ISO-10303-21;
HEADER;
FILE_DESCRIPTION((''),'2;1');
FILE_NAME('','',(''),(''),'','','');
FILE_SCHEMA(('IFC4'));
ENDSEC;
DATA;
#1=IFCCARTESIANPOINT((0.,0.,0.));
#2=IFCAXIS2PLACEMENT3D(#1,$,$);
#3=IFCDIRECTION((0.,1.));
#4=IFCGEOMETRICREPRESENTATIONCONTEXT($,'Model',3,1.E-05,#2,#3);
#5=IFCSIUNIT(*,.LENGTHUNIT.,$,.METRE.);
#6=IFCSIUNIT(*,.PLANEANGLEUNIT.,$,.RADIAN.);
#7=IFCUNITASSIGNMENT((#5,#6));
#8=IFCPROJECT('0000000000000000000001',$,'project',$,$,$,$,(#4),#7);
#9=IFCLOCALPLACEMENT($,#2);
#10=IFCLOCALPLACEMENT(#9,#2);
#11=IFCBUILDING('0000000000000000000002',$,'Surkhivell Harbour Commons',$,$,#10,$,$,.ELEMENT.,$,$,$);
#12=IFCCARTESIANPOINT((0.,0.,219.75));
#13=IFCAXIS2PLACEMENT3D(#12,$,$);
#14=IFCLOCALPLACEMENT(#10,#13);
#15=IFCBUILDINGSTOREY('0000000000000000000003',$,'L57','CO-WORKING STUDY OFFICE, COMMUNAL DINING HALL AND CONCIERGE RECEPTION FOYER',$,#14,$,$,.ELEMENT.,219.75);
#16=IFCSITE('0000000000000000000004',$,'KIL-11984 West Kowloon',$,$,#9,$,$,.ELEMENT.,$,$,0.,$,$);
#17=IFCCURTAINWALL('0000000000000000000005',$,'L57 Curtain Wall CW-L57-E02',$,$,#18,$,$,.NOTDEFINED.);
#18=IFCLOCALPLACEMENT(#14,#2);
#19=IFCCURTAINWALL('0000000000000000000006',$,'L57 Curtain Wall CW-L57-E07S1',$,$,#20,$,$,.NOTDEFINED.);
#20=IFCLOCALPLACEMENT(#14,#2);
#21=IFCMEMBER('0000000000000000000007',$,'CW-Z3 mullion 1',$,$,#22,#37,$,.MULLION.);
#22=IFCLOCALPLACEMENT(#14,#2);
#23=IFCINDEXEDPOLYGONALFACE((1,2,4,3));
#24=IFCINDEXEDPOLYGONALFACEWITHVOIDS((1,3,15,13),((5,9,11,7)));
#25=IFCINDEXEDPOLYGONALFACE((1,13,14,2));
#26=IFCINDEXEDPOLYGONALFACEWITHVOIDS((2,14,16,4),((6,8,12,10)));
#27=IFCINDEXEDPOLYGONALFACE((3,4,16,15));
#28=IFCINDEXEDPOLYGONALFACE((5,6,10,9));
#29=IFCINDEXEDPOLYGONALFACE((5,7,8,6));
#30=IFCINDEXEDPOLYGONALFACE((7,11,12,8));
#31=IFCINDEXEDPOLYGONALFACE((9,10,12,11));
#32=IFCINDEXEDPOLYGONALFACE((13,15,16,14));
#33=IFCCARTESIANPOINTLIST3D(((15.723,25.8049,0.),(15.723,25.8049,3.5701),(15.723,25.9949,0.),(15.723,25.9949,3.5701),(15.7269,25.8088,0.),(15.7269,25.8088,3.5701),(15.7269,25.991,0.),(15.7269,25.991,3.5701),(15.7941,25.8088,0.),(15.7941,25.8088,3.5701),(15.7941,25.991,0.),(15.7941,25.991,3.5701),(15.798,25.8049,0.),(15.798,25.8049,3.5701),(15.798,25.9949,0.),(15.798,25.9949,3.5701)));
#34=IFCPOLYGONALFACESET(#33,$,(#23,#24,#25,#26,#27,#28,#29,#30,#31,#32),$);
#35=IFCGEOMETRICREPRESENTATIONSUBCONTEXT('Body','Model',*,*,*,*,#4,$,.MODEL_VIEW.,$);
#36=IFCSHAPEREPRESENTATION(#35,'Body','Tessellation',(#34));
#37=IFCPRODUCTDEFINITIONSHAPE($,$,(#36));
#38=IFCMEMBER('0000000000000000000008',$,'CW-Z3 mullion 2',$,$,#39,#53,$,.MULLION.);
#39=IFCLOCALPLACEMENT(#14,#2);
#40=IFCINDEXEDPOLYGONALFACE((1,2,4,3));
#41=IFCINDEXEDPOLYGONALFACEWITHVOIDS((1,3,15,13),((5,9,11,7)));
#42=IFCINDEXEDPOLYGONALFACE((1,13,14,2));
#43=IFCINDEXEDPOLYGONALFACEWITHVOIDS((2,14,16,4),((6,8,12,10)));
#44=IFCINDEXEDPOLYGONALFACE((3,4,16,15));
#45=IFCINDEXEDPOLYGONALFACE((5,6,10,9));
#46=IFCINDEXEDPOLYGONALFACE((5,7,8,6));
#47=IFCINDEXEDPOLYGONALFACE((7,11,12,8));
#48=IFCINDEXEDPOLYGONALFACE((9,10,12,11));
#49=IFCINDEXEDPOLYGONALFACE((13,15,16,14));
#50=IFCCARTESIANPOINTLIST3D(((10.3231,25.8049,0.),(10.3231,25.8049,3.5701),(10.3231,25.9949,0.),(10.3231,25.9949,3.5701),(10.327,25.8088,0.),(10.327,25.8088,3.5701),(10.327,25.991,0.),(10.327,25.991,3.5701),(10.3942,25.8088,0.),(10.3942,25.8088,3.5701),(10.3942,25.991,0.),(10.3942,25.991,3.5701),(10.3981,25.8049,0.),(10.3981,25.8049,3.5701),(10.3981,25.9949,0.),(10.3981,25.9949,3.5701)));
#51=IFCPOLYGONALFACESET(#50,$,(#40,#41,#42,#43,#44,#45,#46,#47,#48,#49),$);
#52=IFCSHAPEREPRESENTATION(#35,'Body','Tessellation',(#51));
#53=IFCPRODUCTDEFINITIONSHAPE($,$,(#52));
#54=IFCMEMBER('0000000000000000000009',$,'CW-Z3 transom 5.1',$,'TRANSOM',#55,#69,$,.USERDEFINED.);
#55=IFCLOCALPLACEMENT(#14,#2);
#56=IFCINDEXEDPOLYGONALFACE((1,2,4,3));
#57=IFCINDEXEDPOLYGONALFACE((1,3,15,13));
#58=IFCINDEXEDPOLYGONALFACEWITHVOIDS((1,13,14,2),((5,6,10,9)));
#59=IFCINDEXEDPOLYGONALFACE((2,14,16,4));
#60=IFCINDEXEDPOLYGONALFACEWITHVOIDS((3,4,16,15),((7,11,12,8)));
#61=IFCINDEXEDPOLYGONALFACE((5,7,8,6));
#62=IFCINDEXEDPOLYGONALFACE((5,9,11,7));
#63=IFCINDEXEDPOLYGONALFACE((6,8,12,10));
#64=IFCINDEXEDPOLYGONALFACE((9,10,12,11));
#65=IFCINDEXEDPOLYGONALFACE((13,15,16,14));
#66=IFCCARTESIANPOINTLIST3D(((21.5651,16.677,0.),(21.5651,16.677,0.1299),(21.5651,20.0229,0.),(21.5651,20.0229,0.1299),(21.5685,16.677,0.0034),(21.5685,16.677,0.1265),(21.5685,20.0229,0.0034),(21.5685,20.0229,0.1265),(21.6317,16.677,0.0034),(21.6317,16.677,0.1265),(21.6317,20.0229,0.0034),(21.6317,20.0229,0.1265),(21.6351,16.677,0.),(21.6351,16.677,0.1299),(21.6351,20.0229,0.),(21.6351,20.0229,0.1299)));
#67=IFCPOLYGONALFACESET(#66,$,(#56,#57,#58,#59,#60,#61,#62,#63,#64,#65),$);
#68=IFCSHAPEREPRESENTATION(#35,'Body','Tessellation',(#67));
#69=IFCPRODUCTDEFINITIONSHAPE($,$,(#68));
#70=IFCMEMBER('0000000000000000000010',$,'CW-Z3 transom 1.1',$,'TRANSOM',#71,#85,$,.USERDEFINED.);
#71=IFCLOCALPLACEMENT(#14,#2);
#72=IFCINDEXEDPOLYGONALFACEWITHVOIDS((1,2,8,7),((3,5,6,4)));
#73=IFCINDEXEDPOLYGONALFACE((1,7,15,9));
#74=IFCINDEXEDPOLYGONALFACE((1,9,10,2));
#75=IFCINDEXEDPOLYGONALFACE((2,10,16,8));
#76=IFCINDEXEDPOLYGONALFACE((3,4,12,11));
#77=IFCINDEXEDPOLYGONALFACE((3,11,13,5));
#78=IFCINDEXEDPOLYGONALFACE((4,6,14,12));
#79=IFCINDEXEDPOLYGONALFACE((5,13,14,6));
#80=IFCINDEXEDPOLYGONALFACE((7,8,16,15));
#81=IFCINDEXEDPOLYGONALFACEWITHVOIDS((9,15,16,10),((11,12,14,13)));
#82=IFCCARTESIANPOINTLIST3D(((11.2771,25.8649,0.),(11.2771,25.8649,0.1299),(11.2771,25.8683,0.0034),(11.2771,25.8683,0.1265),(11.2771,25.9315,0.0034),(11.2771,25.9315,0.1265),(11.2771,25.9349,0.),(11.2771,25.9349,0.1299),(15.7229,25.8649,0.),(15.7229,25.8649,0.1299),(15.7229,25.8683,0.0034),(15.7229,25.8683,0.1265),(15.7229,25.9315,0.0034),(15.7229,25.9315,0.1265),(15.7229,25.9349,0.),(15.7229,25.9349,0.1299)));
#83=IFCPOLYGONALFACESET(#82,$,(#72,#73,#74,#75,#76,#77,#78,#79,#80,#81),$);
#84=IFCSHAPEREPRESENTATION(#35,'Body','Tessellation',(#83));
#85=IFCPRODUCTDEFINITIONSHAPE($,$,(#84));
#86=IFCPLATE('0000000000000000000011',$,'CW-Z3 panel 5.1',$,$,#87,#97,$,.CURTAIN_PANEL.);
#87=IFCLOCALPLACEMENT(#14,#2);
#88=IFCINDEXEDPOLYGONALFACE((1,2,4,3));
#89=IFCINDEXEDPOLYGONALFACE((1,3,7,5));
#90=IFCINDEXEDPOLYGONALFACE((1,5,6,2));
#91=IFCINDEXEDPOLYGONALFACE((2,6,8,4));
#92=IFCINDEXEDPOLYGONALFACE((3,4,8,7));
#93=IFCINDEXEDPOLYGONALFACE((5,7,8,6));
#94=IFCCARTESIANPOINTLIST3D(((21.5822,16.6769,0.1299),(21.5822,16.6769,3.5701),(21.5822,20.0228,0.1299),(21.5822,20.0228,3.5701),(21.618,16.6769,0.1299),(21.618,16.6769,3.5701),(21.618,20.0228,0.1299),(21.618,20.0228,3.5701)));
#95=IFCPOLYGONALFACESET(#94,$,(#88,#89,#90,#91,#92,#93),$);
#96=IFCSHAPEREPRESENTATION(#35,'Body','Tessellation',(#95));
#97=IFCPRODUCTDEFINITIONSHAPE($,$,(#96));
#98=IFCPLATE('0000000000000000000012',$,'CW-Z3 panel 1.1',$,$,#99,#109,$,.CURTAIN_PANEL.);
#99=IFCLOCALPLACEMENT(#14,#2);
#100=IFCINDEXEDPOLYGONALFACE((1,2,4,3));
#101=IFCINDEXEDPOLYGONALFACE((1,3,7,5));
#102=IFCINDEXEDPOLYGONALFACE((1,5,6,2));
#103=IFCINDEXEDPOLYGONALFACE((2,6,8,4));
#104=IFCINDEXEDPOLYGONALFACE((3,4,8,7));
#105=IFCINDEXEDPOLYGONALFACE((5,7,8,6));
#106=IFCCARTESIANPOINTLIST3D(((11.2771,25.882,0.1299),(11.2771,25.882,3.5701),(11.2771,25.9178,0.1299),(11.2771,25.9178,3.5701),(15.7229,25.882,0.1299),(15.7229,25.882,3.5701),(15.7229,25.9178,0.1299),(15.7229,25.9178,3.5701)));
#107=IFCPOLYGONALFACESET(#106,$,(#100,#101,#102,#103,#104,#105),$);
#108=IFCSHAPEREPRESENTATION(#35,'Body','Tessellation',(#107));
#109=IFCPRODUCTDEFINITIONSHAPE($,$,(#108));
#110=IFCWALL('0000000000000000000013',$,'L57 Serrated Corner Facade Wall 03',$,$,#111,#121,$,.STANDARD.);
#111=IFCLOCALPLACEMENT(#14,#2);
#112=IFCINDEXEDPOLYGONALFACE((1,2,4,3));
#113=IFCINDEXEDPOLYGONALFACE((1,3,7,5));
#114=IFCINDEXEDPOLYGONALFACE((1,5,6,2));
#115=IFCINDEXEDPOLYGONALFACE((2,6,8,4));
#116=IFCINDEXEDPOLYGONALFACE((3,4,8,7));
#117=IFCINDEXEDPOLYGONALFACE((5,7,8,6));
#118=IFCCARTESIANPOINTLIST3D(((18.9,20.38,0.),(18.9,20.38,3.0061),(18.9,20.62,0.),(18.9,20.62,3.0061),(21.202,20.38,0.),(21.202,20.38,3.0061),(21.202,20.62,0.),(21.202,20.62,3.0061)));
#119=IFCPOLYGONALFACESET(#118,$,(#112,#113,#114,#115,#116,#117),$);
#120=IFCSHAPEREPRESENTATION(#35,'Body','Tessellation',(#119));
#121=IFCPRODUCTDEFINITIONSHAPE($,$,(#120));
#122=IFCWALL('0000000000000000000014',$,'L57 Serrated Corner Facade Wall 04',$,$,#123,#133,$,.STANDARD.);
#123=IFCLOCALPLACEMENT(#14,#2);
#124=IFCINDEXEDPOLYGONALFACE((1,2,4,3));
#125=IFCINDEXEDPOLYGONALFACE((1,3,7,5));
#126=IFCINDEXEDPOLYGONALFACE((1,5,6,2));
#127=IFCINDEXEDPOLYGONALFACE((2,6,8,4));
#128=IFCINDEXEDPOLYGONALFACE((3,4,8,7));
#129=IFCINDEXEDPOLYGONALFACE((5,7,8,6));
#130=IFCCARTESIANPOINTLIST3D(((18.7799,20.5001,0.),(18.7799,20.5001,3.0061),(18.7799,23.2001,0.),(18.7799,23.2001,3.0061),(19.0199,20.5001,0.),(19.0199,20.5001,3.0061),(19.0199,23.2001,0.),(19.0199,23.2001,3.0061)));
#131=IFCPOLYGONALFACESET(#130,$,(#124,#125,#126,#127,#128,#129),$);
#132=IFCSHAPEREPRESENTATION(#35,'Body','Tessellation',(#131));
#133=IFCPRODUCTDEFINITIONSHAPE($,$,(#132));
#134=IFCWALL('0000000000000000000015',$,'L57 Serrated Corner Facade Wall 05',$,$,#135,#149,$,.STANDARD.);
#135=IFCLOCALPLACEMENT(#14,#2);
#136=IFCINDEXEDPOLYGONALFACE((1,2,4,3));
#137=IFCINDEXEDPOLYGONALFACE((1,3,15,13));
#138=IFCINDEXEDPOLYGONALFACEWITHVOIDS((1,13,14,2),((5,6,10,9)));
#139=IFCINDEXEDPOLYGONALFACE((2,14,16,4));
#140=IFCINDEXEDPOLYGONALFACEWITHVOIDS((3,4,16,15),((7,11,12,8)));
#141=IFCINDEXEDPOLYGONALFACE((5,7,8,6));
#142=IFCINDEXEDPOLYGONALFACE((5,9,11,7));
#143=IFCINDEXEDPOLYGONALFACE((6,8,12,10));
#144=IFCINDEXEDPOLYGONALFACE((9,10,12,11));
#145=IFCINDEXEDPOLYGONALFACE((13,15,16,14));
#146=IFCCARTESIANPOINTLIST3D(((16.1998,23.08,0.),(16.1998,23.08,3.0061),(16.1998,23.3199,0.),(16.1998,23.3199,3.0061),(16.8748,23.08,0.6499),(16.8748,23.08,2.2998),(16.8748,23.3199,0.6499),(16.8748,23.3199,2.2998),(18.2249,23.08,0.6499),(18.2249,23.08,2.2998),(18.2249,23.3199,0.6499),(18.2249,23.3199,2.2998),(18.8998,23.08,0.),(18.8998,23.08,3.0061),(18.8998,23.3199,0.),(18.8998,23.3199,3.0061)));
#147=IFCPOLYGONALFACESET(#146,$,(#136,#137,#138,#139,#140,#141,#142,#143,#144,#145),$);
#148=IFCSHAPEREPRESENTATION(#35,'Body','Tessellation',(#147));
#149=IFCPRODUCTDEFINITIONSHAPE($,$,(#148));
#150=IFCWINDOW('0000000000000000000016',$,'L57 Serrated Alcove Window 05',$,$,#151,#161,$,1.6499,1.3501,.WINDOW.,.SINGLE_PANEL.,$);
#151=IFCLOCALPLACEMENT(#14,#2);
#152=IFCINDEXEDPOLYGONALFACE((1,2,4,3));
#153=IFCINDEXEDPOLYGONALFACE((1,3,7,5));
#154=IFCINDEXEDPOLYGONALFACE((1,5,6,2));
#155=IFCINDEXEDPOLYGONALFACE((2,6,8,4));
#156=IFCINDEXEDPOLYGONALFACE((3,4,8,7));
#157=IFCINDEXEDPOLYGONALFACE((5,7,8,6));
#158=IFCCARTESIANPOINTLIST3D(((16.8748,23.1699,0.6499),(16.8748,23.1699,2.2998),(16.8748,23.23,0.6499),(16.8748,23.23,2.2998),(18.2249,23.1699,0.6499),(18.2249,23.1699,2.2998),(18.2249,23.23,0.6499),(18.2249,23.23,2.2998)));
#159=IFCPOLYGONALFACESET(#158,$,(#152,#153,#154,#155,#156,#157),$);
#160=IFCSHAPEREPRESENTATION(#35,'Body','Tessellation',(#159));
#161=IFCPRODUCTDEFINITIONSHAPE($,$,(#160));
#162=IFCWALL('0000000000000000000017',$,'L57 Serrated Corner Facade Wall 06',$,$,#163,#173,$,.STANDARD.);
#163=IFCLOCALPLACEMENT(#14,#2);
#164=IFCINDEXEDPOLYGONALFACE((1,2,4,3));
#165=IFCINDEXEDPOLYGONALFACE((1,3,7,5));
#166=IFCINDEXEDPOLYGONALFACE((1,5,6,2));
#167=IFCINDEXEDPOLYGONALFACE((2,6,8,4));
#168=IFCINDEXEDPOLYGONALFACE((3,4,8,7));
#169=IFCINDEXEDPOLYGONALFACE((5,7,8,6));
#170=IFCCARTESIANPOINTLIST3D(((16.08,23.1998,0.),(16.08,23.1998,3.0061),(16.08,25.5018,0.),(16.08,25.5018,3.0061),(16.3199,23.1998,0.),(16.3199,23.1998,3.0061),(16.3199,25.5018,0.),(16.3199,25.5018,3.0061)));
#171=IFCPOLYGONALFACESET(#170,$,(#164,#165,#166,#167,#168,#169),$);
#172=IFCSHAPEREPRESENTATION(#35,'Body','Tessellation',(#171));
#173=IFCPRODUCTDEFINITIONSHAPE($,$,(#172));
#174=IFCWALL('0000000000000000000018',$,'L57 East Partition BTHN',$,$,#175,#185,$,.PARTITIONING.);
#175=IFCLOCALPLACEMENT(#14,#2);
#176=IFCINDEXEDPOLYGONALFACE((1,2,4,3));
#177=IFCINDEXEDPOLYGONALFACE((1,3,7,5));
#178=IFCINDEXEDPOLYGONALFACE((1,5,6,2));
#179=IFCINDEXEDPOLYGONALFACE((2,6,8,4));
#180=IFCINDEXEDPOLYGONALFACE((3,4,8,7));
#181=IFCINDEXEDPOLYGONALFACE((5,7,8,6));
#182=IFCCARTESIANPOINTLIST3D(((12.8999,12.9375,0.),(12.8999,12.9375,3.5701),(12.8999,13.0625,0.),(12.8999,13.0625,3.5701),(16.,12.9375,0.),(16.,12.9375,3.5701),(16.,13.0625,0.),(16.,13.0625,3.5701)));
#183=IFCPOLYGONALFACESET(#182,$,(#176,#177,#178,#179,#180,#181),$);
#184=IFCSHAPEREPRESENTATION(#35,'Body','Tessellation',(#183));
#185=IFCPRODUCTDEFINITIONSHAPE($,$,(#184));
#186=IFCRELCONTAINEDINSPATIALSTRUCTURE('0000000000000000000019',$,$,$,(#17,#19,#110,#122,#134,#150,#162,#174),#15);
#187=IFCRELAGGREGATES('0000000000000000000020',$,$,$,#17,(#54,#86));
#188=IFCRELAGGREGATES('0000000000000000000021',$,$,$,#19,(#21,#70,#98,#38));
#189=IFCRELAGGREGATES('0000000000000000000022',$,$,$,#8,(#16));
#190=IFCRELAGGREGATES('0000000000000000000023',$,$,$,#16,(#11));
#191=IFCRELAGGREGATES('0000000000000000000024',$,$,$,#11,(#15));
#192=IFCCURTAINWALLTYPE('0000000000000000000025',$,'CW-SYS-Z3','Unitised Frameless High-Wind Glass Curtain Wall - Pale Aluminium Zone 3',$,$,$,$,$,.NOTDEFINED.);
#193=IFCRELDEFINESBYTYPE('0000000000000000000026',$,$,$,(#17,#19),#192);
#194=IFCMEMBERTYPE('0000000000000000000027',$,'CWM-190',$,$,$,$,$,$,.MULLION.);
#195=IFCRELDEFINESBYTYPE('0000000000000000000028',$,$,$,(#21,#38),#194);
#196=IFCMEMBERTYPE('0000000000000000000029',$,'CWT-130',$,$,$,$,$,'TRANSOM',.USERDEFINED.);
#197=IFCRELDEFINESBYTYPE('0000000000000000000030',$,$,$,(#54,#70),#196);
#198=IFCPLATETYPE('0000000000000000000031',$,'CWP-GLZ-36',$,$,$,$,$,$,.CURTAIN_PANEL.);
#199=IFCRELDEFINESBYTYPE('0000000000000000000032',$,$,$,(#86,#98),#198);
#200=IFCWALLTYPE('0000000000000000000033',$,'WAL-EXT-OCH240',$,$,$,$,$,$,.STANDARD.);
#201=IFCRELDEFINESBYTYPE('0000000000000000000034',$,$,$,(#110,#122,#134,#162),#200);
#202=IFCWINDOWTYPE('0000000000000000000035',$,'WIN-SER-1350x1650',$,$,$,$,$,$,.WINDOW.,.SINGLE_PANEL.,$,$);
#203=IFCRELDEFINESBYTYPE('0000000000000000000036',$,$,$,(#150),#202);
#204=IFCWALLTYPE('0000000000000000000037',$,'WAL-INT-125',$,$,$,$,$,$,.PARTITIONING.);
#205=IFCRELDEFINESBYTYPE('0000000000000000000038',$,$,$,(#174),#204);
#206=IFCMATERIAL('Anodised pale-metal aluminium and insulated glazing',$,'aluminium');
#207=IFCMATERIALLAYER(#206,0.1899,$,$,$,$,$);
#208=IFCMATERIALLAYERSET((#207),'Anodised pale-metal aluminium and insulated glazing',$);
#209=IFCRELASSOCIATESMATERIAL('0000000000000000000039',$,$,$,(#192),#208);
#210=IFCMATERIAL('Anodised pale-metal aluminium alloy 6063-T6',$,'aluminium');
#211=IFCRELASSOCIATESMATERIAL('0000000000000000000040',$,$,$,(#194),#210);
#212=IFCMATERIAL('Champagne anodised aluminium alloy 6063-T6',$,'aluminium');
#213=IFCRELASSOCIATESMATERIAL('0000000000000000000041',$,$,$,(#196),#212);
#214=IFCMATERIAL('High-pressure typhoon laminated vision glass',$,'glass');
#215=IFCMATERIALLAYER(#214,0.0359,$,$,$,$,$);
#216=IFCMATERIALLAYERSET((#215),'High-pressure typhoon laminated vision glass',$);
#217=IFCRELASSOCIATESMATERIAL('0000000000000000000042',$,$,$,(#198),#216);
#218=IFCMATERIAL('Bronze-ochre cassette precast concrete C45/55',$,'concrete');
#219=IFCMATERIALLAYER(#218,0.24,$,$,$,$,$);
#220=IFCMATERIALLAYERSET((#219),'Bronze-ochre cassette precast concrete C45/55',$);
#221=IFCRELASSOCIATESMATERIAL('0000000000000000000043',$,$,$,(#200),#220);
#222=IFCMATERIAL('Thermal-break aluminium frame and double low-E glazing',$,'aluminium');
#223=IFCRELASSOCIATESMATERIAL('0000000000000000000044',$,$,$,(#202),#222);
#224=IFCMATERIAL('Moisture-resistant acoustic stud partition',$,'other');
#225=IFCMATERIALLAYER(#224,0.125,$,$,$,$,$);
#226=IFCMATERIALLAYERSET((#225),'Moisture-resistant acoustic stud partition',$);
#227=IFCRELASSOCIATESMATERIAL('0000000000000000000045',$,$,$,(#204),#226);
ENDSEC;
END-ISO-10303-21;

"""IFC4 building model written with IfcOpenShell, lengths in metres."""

from ifc_helpers import new_model, si_unit, direction, frame, frame_2d, origin, origin_2d, place, context, subcontext, project, spatial, rectangle, hollow_rectangle, extrude, material, layer, layer_set, material_profile, profile_set, type_object, element, fill, aggregate, save


model = new_model("IFC4")

# Units and contexts
model_context = context("Model", 3, precision=1e-05, world=origin(), true_north=direction((0.0, 1.0)))
body_context = subcontext(model_context, "Body", "Model", "MODEL_VIEW")
ifc_project = project(units=[si_unit("LENGTHUNIT", "METRE"), si_unit("PLANEANGLEUNIT", "RADIAN")], contexts=[model_context])

# Site, building, storey
site_placement = place(None, origin())
site = spatial("IfcSite", under=ifc_project, at=site_placement, Name="KIL-11984 West Kowloon", CompositionType="ELEMENT", RefElevation=0.0)
building_placement = place(site_placement, origin())
building = spatial("IfcBuilding", under=site, at=building_placement, Name="Surkhivell Harbour Commons", CompositionType="ELEMENT")
storey_placement = place(building_placement, frame((0.0, 0.0, 219.75)))
storey = spatial("IfcBuildingStorey", under=building, at=storey_placement, Name="L57", Description="CO-WORKING STUDY OFFICE, COMMUNAL DINING HALL AND CONCIERGE RECEPTION FOYER", CompositionType="ELEMENT", Elevation=219.75)

# Curtain walls, members
ifc_material_1 = material(Name="Anodised pale-metal aluminium and insulated glazing", Category="aluminium")
ifc_layer_1 = layer(ifc_material_1, 0.1899)
ifc_layer_set_1 = layer_set([ifc_layer_1], Name="Anodised pale-metal aluminium and insulated glazing")
curtain_wall_type = type_object("IfcCurtainWallType", Name="CW-SYS-Z3", Description="Unitised Frameless High-Wind Glass Curtain Wall - Pale Aluminium Zone 3", PredefinedType="NOTDEFINED", material=ifc_layer_set_1)
curtain_wall_1_placement = place(storey_placement, origin())
curtain_wall_1 = element("IfcCurtainWall", 1, at=curtain_wall_1_placement, inside=storey, type_object=curtain_wall_type, Name="L57 Curtain Wall CW-L57-E02", PredefinedType="NOTDEFINED")
ifc_material_2 = material(Name="Anodised pale-metal aluminium alloy 6063-T6", Category="aluminium")
ifc_material_profile_1 = material_profile(ifc_material_2, hollow_rectangle(XDim=0.075, YDim=0.1899, WallThickness=0.0039, at=origin_2d()), Name="ALU-MULL-75x190")
ifc_profile_set_1 = profile_set([ifc_material_profile_1], Name="Anodised pale-metal aluminium alloy 6063-T6")
member_type_1 = type_object("IfcMemberType", Name="CWM-190", PredefinedType="MULLION", material=ifc_profile_set_1)
curtain_wall_2_placement = place(storey_placement, origin())
curtain_wall_2 = element("IfcCurtainWall", 2, at=curtain_wall_2_placement, inside=storey, type_object=curtain_wall_type, Name="L57 Curtain Wall CW-L57-E07S1", PredefinedType="NOTDEFINED")
member_1_placement = place(storey_placement, frame((15.7605, 25.8999, 0.0), z_axis=(0.0, 0.0, 1.0), x_axis=(-1.0, 0.0, 0.0)))
member_1 = element("IfcMember", 3, at=member_1_placement, type_object=member_type_1, Name="CW-Z3 mullion 1", PredefinedType="MULLION", context=body_context, shape_type="SweptSolid", body=[
    extrude(hollow_rectangle(XDim=0.075, YDim=0.1899, WallThickness=0.0039, at=origin_2d()), origin(), (0.0, 0.0, 1.0), 3.5701),
])
member_2_placement = place(storey_placement, frame((10.3606, 25.8999, 0.0), z_axis=(0.0, 0.0, 1.0), x_axis=(-1.0, 0.0, 0.0)))
member_2 = element("IfcMember", 4, at=member_2_placement, type_object=member_type_1, Name="CW-Z3 mullion 2", PredefinedType="MULLION", context=body_context, shape_type="SweptSolid", body=[
    extrude(hollow_rectangle(XDim=0.075, YDim=0.1899, WallThickness=0.0039, at=origin_2d()), origin(), (0.0, 0.0, 1.0), 3.5701),
])

# Members
ifc_material_3 = material(Name="Champagne anodised aluminium alloy 6063-T6", Category="aluminium")
ifc_material_profile_2 = material_profile(ifc_material_3, hollow_rectangle(XDim=0.0701, YDim=0.1299, WallThickness=0.0034, at=origin_2d()), Name="ALU-TRAN-70x130")
ifc_profile_set_2 = profile_set([ifc_material_profile_2], Name="Champagne anodised aluminium alloy 6063-T6")
member_type_2 = type_object("IfcMemberType", Name="CWT-130", ElementType="TRANSOM", PredefinedType="USERDEFINED", material=ifc_profile_set_2)
member_3_placement = place(storey_placement, frame((21.6001, 16.677, 0.0649), z_axis=(0.0, 1.0, 0.0), x_axis=(-1.0, 0.0, 0.0)))
member_3 = element("IfcMember", 5, at=member_3_placement, type_object=member_type_2, Name="CW-Z3 transom 5.1", ObjectType="TRANSOM", PredefinedType="USERDEFINED", context=body_context, shape_type="SweptSolid", body=[
    extrude(hollow_rectangle(XDim=0.0701, YDim=0.1299, WallThickness=0.0034, at=origin_2d()), origin(), (0.0, 0.0, 1.0), 3.3459),
])
member_4_placement = place(storey_placement, frame((15.7229, 25.8999, 0.0649), z_axis=(-1.0, 0.0, 0.0), x_axis=(0.0, -1.0, 0.0)))
member_4 = element("IfcMember", 6, at=member_4_placement, type_object=member_type_2, Name="CW-Z3 transom 1.1", ObjectType="TRANSOM", PredefinedType="USERDEFINED", context=body_context, shape_type="SweptSolid", body=[
    extrude(hollow_rectangle(XDim=0.0701, YDim=0.1299, WallThickness=0.0034, at=origin_2d()), origin(), (0.0, 0.0, 1.0), 4.4458),
])

# Plates
ifc_material_4 = material(Name="High-pressure typhoon laminated vision glass", Category="glass")
ifc_layer_2 = layer(ifc_material_4, 0.0359)
ifc_layer_set_2 = layer_set([ifc_layer_2], Name="High-pressure typhoon laminated vision glass")
plate_type = type_object("IfcPlateType", Name="CWP-GLZ-36", PredefinedType="CURTAIN_PANEL", material=ifc_layer_set_2)
plate_1_placement = place(storey_placement, frame((21.6001, 16.677, 0.1299), z_axis=(0.0, 0.0, 1.0), x_axis=(0.0, 1.0, 0.0)))
plate_1 = element("IfcPlate", 7, at=plate_1_placement, type_object=plate_type, Name="CW-Z3 panel 5.1", PredefinedType="CURTAIN_PANEL", context=body_context, shape_type="SweptSolid", body=[
    extrude(rectangle(XDim=3.3459, YDim=0.0359, at=frame_2d((1.6729, 0.0))), origin(), (0.0, 0.0, 1.0), 3.4402),
])
aggregate(curtain_wall_1, [member_3, plate_1])
plate_2_placement = place(storey_placement, frame((15.7229, 25.8999, 0.1299), z_axis=(0.0, 0.0, 1.0), x_axis=(-1.0, 0.0, 0.0)))
plate_2 = element("IfcPlate", 8, at=plate_2_placement, type_object=plate_type, Name="CW-Z3 panel 1.1", PredefinedType="CURTAIN_PANEL", context=body_context, shape_type="SweptSolid", body=[
    extrude(rectangle(XDim=4.4458, YDim=0.0359, at=frame_2d((2.2229, 0.0))), origin(), (0.0, 0.0, 1.0), 3.4402),
])
aggregate(curtain_wall_2, [member_1, member_4, plate_2, member_2])

# Walls
ifc_material_5 = material(Name="Bronze-ochre cassette precast concrete C45/55", Category="concrete")
ifc_layer_3 = layer(ifc_material_5, 0.24)
ifc_layer_set_3 = layer_set([ifc_layer_3], Name="Bronze-ochre cassette precast concrete C45/55")
wall_type_1 = type_object("IfcWallType", Name="WAL-EXT-OCH240", PredefinedType="STANDARD", material=ifc_layer_set_3)
wall_1_placement = place(storey_placement, frame((21.2019, 20.5, 0.0), z_axis=(0.0, 0.0, 1.0), x_axis=(-1.0, 0.0, 0.0)))
element("IfcWall", 9, at=wall_1_placement, inside=storey, type_object=wall_type_1, Name="L57 Serrated Corner Facade Wall 03", PredefinedType="STANDARD", context=body_context, shape_type="SweptSolid", body=[
    extrude(rectangle(XDim=2.302, YDim=0.24, at=frame_2d((1.1509, 0.0))), origin(), (0.0, 0.0, 1.0), 3.0061),
])
wall_2_placement = place(storey_placement, frame((18.8999, 20.5, 0.0), z_axis=(0.0, 0.0, 1.0), x_axis=(0.0, 1.0, 0.0)))
element("IfcWall", 10, at=wall_2_placement, inside=storey, type_object=wall_type_1, Name="L57 Serrated Corner Facade Wall 04", PredefinedType="STANDARD", context=body_context, shape_type="SweptSolid", body=[
    extrude(rectangle(XDim=2.7, YDim=0.24, at=frame_2d((1.3501, 0.0))), origin(), (0.0, 0.0, 1.0), 3.0061),
])

# Wall, opening, window
wall_3_placement = place(storey_placement, frame((18.8999, 23.2, 0.0), z_axis=(0.0, 0.0, 1.0), x_axis=(-1.0, 0.0, 0.0)))
wall_3 = element("IfcWall", 11, at=wall_3_placement, inside=storey, type_object=wall_type_1, Name="L57 Serrated Corner Facade Wall 05", PredefinedType="STANDARD", context=body_context, shape_type="SweptSolid", body=[
    extrude(rectangle(XDim=2.7, YDim=0.24, at=frame_2d((1.3501, 0.0))), origin(), (0.0, 0.0, 1.0), 3.0061),
])
opening_placement = place(wall_3_placement, frame((0.675, 0.0, 0.6499)))
opening = element("IfcOpeningElement", 12, at=opening_placement, cuts=wall_3, PredefinedType="OPENING", context=body_context, shape_type="SweptSolid", body=[
    extrude(rectangle(XDim=1.3501, YDim=1.6499, at=frame_2d((0.675, 0.825))), frame((0.0, 0.1299, 0.0), z_axis=(0.0, -1.0, 0.0), x_axis=(1.0, 0.0, 0.0)), (0.0, 0.0, 1.0), 0.26),
])
ifc_material_6 = material(Name="Thermal-break aluminium frame and double low-E glazing", Category="aluminium")
window_type = type_object("IfcWindowType", Name="WIN-SER-1350x1650", PartitioningType="SINGLE_PANEL", PredefinedType="WINDOW", material=ifc_material_6)
window_placement = place(opening_placement, origin())
window = element("IfcWindow", 13, at=window_placement, inside=storey, type_object=window_type, Name="L57 Serrated Alcove Window 05", OverallHeight=1.6499, OverallWidth=1.3501, PartitioningType="SINGLE_PANEL", PredefinedType="WINDOW", context=body_context, shape_type="SweptSolid", body=[
    extrude(rectangle(XDim=1.3501, YDim=1.6499, at=frame_2d((0.675, 0.825))), frame((0.0, 0.03, 0.0), z_axis=(0.0, -1.0, 0.0), x_axis=(1.0, 0.0, 0.0)), (0.0, 0.0, 1.0), 0.0601),
])
fill(opening, window)

# Walls
wall_4_placement = place(storey_placement, frame((16.2, 23.2, 0.0), z_axis=(0.0, 0.0, 1.0), x_axis=(0.0, 1.0, 0.0)))
element("IfcWall", 14, at=wall_4_placement, inside=storey, type_object=wall_type_1, Name="L57 Serrated Corner Facade Wall 06", PredefinedType="STANDARD", context=body_context, shape_type="SweptSolid", body=[
    extrude(rectangle(XDim=2.302, YDim=0.24, at=frame_2d((1.1509, 0.0))), origin(), (0.0, 0.0, 1.0), 3.0061),
])
ifc_material_7 = material(Name="Moisture-resistant acoustic stud partition", Category="other")
ifc_layer_4 = layer(ifc_material_7, 0.125)
ifc_layer_set_4 = layer_set([ifc_layer_4], Name="Moisture-resistant acoustic stud partition")
wall_type_2 = type_object("IfcWallType", Name="WAL-INT-125", PredefinedType="PARTITIONING", material=ifc_layer_set_4)
wall_5_placement = place(storey_placement, frame((12.8999, 13.0, 0.0), z_axis=(0.0, 0.0, 1.0), x_axis=(1.0, 0.0, 0.0)))
element("IfcWall", 15, at=wall_5_placement, inside=storey, type_object=wall_type_2, Name="L57 East Partition BTHN", PredefinedType="PARTITIONING", context=body_context, shape_type="SweptSolid", body=[
    extrude(rectangle(XDim=3.1001, YDim=0.125, at=frame_2d((1.55, 0.0))), origin(), (0.0, 0.0, 1.0), 3.5701),
])

save(model, "model.ifc")
